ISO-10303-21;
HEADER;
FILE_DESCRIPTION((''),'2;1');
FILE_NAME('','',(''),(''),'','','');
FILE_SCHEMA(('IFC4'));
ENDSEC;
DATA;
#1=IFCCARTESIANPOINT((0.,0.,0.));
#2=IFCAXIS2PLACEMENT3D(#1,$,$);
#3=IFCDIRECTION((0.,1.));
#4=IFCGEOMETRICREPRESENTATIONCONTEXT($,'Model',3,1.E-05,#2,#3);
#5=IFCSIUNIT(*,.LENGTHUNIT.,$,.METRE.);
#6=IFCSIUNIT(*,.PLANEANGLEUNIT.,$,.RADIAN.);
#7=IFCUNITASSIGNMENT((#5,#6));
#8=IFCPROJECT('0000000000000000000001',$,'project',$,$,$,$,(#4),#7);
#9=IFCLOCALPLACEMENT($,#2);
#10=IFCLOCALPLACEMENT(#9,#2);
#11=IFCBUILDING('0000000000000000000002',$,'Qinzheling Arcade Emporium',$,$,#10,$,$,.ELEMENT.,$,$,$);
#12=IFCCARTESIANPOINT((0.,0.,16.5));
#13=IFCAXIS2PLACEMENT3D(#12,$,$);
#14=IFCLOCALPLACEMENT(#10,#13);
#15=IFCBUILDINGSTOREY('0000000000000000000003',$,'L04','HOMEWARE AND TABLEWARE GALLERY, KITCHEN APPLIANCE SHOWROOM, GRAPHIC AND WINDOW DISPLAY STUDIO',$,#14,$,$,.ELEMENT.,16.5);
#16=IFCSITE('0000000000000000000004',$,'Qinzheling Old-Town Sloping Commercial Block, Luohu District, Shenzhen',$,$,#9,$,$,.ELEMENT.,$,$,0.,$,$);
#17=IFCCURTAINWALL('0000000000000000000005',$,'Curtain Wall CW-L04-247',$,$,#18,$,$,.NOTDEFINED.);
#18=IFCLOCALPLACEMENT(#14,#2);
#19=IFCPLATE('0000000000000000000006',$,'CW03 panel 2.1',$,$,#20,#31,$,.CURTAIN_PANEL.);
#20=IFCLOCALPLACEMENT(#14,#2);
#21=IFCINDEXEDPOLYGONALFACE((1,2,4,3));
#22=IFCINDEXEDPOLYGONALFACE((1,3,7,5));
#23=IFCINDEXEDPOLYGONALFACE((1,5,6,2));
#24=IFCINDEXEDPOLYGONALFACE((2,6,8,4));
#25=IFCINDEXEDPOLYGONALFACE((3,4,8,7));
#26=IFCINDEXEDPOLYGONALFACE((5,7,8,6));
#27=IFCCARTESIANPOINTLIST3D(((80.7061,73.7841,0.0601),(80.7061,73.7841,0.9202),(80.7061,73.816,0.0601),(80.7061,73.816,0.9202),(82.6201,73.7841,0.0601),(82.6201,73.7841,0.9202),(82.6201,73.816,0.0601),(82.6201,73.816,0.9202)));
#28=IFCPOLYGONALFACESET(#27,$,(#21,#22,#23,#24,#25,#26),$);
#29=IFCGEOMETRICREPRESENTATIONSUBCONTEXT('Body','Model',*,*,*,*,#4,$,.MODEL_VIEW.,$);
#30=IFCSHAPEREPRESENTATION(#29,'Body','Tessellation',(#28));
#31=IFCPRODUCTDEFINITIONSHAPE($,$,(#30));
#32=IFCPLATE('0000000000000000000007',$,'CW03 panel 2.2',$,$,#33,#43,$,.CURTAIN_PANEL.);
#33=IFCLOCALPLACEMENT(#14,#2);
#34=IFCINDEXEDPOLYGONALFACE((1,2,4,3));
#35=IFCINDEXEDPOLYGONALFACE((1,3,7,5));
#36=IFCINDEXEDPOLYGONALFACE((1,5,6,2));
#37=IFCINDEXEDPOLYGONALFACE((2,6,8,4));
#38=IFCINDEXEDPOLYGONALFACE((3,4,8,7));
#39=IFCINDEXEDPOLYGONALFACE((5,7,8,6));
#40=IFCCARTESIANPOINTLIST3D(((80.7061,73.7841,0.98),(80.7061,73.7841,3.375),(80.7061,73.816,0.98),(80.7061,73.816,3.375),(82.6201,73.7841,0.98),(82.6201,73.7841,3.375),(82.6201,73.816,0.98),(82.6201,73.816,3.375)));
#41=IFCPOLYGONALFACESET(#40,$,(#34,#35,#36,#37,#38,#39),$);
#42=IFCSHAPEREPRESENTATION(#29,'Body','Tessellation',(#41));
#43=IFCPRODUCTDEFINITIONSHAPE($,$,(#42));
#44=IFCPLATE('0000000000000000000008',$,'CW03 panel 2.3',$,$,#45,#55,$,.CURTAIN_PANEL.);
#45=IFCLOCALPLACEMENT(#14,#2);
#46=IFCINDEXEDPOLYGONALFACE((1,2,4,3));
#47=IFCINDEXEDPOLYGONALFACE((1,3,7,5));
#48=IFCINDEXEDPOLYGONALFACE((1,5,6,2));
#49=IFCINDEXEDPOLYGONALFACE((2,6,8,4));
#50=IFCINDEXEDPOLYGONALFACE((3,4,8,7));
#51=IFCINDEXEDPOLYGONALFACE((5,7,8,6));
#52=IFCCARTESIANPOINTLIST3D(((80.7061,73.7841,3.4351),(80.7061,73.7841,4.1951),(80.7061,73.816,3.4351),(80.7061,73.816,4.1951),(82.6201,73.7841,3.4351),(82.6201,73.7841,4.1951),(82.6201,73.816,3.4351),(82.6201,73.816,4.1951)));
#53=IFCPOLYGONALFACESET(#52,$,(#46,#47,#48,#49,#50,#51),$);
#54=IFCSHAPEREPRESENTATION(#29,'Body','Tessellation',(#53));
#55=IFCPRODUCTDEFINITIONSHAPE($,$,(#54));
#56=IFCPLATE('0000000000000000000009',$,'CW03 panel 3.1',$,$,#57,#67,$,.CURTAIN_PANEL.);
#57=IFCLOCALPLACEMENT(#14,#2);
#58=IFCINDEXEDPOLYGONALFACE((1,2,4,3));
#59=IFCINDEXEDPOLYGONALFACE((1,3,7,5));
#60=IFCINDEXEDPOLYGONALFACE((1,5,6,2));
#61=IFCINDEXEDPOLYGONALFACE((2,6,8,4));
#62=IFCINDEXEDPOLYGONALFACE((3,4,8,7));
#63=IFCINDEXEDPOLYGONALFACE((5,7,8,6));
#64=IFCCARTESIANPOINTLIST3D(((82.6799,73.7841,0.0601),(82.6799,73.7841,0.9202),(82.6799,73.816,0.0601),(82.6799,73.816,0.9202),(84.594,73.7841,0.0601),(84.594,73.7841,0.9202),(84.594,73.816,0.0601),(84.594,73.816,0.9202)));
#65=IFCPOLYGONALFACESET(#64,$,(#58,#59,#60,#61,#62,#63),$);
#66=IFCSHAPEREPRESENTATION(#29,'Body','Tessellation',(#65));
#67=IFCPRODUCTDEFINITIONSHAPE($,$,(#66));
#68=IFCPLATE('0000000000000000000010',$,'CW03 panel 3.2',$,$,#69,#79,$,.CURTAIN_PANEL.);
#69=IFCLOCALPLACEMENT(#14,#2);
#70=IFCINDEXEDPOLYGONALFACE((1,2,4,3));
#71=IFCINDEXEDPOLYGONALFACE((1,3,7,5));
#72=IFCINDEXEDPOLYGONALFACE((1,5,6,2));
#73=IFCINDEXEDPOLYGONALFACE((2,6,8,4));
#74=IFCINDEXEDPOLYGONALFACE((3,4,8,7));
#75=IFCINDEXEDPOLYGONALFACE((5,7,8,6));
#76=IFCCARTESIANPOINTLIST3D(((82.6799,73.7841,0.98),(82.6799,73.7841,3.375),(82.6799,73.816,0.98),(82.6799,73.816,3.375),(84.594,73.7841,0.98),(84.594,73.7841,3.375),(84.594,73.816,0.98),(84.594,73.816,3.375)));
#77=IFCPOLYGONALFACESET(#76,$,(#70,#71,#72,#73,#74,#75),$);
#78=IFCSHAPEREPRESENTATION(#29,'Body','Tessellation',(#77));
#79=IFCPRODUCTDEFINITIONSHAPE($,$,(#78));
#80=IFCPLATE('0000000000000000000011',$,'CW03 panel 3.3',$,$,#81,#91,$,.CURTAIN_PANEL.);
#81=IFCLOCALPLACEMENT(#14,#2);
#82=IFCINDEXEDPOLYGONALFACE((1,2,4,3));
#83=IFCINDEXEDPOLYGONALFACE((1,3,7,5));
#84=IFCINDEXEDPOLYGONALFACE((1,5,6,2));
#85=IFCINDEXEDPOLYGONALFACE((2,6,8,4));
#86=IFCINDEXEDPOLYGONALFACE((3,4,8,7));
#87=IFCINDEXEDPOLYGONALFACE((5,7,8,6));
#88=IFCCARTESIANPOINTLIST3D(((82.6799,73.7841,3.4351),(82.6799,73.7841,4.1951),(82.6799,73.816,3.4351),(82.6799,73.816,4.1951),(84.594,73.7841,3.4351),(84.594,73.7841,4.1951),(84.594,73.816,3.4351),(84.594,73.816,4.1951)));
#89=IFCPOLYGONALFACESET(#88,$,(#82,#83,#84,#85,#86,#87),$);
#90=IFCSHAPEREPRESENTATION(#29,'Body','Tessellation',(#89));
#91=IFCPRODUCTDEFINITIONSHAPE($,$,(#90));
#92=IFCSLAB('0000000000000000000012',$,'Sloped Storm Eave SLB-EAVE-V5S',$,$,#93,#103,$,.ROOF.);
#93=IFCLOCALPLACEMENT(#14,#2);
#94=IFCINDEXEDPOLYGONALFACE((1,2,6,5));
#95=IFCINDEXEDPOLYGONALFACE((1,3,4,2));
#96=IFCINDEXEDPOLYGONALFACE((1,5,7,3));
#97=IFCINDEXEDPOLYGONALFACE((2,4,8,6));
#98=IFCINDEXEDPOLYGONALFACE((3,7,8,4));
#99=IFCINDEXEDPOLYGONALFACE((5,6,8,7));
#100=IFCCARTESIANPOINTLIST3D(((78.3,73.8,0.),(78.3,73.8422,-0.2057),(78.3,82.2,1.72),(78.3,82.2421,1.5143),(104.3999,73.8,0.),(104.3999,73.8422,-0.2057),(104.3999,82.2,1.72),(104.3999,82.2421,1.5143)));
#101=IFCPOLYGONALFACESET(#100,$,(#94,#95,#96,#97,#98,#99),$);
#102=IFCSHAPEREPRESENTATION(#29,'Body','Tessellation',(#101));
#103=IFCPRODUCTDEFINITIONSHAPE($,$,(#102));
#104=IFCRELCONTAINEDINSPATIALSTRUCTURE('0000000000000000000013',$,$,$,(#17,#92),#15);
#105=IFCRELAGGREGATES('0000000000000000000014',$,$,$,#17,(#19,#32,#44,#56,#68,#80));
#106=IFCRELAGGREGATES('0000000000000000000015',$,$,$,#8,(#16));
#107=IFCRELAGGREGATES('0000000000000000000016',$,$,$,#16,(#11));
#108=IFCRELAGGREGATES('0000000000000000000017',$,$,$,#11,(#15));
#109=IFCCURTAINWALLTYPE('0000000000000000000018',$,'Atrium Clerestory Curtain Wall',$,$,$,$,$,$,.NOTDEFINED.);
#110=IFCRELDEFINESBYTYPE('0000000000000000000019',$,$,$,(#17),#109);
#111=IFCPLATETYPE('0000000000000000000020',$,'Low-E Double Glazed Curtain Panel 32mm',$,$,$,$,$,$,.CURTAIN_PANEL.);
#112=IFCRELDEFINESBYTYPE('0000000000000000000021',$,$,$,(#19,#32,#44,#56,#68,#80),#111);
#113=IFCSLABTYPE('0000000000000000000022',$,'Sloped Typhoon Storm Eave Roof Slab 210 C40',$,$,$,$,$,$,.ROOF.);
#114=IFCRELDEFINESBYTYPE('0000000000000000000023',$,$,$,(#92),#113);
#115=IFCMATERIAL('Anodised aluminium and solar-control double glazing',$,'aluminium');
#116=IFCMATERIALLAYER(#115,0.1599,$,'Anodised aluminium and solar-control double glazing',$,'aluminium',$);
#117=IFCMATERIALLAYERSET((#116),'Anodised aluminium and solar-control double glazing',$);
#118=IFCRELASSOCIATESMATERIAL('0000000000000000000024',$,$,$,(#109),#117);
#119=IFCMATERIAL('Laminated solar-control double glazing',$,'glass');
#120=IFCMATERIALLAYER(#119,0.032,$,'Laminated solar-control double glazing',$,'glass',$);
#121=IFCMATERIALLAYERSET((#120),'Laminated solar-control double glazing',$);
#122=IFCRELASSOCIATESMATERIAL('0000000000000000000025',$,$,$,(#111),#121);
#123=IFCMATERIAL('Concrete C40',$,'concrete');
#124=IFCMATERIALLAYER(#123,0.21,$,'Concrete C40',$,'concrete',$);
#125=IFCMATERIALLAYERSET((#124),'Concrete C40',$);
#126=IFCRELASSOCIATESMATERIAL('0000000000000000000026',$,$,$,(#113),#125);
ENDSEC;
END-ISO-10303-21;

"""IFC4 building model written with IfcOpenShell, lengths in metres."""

from ifc_helpers import new_model, si_unit, direction, frame, origin, origin_2d, place, context, subcontext, project, spatial, polyline, rectangle, outline, extrude, material, layer, layer_set, type_object, element, aggregate, save


model = new_model("IFC4")

# Units and contexts
model_context = context("Model", 3, precision=1e-05, world=origin(), true_north=direction((0.0, 1.0)))
body_context = subcontext(model_context, "Body", "Model", "MODEL_VIEW")
ifc_project = project(units=[si_unit("LENGTHUNIT", "METRE"), si_unit("PLANEANGLEUNIT", "RADIAN")], contexts=[model_context])

# Site, building, storey
site_placement = place(None, origin())
site = spatial("IfcSite", under=ifc_project, at=site_placement, Name="Qinzheling Old-Town Sloping Commercial Block, Luohu District, Shenzhen", CompositionType="ELEMENT", RefElevation=0.0)
building_placement = place(site_placement, origin())
building = spatial("IfcBuilding", under=site, at=building_placement, Name="Qinzheling Arcade Emporium", CompositionType="ELEMENT")
storey_placement = place(building_placement, frame((0.0, 0.0, 16.5)))
storey = spatial("IfcBuildingStorey", under=building, at=storey_placement, Name="L04", Description="HOMEWARE AND TABLEWARE GALLERY, KITCHEN APPLIANCE SHOWROOM, GRAPHIC AND WINDOW DISPLAY STUDIO", CompositionType="ELEMENT", Elevation=16.5)

# Shared definitions
ifc_material_1 = material(Name="Concrete C40", Category="concrete")

# Curtain wall
ifc_material_2 = material(Name="Anodised aluminium and solar-control double glazing", Category="aluminium")
ifc_layer_1 = layer(ifc_material_2, 0.1599, Name="Anodised aluminium and solar-control double glazing", Category="aluminium")
ifc_layer_set_1 = layer_set([ifc_layer_1], Name="Anodised aluminium and solar-control double glazing")
curtain_wall_type = type_object("IfcCurtainWallType", Name="Atrium Clerestory Curtain Wall", PredefinedType="NOTDEFINED", material=ifc_layer_set_1)
curtain_wall_1_placement = place(storey_placement, origin())
curtain_wall_1 = element("IfcCurtainWall", 1, at=curtain_wall_1_placement, inside=storey, type_object=curtain_wall_type, Name="Curtain Wall CW-L04-247", PredefinedType="NOTDEFINED")

# Plates
ifc_material_3 = material(Name="Laminated solar-control double glazing", Category="glass")
ifc_layer_2 = layer(ifc_material_3, 0.032, Name="Laminated solar-control double glazing", Category="glass")
ifc_layer_set_2 = layer_set([ifc_layer_2], Name="Laminated solar-control double glazing")
plate_type_1 = type_object("IfcPlateType", Name="Low-E Double Glazed Curtain Panel 32mm", PredefinedType="CURTAIN_PANEL", material=ifc_layer_set_2)
plate_1_placement = place(storey_placement, frame((81.6631, 73.8, 0.0601), z_axis=(0.0, 0.0, 1.0), x_axis=(1.0, 0.0, 0.0)))
plate_1 = element("IfcPlate", 2, at=plate_1_placement, type_object=plate_type_1, Name="CW03 panel 2.1", PredefinedType="CURTAIN_PANEL", context=body_context, shape_type="SweptSolid", body=[
    extrude(rectangle(XDim=1.9141, YDim=0.032, at=origin_2d()), origin(), (0.0, 0.0, 1.0), 0.8601),
])
plate_2_placement = place(storey_placement, frame((81.6631, 73.8, 0.98), z_axis=(0.0, 0.0, 1.0), x_axis=(1.0, 0.0, 0.0)))
plate_2 = element("IfcPlate", 3, at=plate_2_placement, type_object=plate_type_1, Name="CW03 panel 2.2", PredefinedType="CURTAIN_PANEL", context=body_context, shape_type="SweptSolid", body=[
    extrude(rectangle(XDim=1.9141, YDim=0.032, at=origin_2d()), origin(), (0.0, 0.0, 1.0), 2.395),
])
plate_3_placement = place(storey_placement, frame((81.6631, 73.8, 3.4351), z_axis=(0.0, 0.0, 1.0), x_axis=(1.0, 0.0, 0.0)))
plate_3 = element("IfcPlate", 4, at=plate_3_placement, type_object=plate_type_1, Name="CW03 panel 2.3", PredefinedType="CURTAIN_PANEL", context=body_context, shape_type="SweptSolid", body=[
    extrude(rectangle(XDim=1.9141, YDim=0.032, at=origin_2d()), origin(), (0.0, 0.0, 1.0), 0.76),
])
plate_4_placement = place(storey_placement, frame((83.637, 73.8, 0.0601), z_axis=(0.0, 0.0, 1.0), x_axis=(1.0, 0.0, 0.0)))
plate_4 = element("IfcPlate", 5, at=plate_4_placement, type_object=plate_type_1, Name="CW03 panel 3.1", PredefinedType="CURTAIN_PANEL", context=body_context, shape_type="SweptSolid", body=[
    extrude(rectangle(XDim=1.9141, YDim=0.032, at=origin_2d()), origin(), (0.0, 0.0, 1.0), 0.8601),
])
plate_5_placement = place(storey_placement, frame((83.637, 73.8, 0.98), z_axis=(0.0, 0.0, 1.0), x_axis=(1.0, 0.0, 0.0)))
plate_5 = element("IfcPlate", 6, at=plate_5_placement, type_object=plate_type_1, Name="CW03 panel 3.2", PredefinedType="CURTAIN_PANEL", context=body_context, shape_type="SweptSolid", body=[
    extrude(rectangle(XDim=1.9141, YDim=0.032, at=origin_2d()), origin(), (0.0, 0.0, 1.0), 2.395),
])
plate_6_placement = place(storey_placement, frame((83.637, 73.8, 3.4351), z_axis=(0.0, 0.0, 1.0), x_axis=(1.0, 0.0, 0.0)))
plate_6 = element("IfcPlate", 7, at=plate_6_placement, type_object=plate_type_1, Name="CW03 panel 3.3", PredefinedType="CURTAIN_PANEL", context=body_context, shape_type="SweptSolid", body=[
    extrude(rectangle(XDim=1.9141, YDim=0.032, at=origin_2d()), origin(), (0.0, 0.0, 1.0), 0.76),
])
aggregate(curtain_wall_1, [plate_1, plate_2, plate_3, plate_4, plate_5, plate_6])

# Slab
ifc_layer_3 = layer(ifc_material_1, 0.21, Name="Concrete C40", Category="concrete")
ifc_layer_set_3 = layer_set([ifc_layer_3], Name="Concrete C40")
slab_type = type_object("IfcSlabType", Name="Sloped Typhoon Storm Eave Roof Slab 210 C40", PredefinedType="ROOF", material=ifc_layer_set_3)
slab_placement = place(storey_placement, frame((78.3, 73.8, 0.0), z_axis=(0.0, -0.200599, 0.979673), x_axis=(1.0, 0.0, 0.0)))
element("IfcSlab", 8, at=slab_placement, inside=storey, type_object=slab_type, Name="Sloped Storm Eave SLB-EAVE-V5S", PredefinedType="ROOF", context=body_context, shape_type="SweptSolid", body=[
    extrude(outline(polyline([(0.0, 0.0), (26.0999, 0.0), (26.0999, 8.5742), (0.0, 8.5742), (0.0, 0.0)])), origin(), (0.0, 0.0, -1.0), 0.21),
])

save(model, "model.ifc")
